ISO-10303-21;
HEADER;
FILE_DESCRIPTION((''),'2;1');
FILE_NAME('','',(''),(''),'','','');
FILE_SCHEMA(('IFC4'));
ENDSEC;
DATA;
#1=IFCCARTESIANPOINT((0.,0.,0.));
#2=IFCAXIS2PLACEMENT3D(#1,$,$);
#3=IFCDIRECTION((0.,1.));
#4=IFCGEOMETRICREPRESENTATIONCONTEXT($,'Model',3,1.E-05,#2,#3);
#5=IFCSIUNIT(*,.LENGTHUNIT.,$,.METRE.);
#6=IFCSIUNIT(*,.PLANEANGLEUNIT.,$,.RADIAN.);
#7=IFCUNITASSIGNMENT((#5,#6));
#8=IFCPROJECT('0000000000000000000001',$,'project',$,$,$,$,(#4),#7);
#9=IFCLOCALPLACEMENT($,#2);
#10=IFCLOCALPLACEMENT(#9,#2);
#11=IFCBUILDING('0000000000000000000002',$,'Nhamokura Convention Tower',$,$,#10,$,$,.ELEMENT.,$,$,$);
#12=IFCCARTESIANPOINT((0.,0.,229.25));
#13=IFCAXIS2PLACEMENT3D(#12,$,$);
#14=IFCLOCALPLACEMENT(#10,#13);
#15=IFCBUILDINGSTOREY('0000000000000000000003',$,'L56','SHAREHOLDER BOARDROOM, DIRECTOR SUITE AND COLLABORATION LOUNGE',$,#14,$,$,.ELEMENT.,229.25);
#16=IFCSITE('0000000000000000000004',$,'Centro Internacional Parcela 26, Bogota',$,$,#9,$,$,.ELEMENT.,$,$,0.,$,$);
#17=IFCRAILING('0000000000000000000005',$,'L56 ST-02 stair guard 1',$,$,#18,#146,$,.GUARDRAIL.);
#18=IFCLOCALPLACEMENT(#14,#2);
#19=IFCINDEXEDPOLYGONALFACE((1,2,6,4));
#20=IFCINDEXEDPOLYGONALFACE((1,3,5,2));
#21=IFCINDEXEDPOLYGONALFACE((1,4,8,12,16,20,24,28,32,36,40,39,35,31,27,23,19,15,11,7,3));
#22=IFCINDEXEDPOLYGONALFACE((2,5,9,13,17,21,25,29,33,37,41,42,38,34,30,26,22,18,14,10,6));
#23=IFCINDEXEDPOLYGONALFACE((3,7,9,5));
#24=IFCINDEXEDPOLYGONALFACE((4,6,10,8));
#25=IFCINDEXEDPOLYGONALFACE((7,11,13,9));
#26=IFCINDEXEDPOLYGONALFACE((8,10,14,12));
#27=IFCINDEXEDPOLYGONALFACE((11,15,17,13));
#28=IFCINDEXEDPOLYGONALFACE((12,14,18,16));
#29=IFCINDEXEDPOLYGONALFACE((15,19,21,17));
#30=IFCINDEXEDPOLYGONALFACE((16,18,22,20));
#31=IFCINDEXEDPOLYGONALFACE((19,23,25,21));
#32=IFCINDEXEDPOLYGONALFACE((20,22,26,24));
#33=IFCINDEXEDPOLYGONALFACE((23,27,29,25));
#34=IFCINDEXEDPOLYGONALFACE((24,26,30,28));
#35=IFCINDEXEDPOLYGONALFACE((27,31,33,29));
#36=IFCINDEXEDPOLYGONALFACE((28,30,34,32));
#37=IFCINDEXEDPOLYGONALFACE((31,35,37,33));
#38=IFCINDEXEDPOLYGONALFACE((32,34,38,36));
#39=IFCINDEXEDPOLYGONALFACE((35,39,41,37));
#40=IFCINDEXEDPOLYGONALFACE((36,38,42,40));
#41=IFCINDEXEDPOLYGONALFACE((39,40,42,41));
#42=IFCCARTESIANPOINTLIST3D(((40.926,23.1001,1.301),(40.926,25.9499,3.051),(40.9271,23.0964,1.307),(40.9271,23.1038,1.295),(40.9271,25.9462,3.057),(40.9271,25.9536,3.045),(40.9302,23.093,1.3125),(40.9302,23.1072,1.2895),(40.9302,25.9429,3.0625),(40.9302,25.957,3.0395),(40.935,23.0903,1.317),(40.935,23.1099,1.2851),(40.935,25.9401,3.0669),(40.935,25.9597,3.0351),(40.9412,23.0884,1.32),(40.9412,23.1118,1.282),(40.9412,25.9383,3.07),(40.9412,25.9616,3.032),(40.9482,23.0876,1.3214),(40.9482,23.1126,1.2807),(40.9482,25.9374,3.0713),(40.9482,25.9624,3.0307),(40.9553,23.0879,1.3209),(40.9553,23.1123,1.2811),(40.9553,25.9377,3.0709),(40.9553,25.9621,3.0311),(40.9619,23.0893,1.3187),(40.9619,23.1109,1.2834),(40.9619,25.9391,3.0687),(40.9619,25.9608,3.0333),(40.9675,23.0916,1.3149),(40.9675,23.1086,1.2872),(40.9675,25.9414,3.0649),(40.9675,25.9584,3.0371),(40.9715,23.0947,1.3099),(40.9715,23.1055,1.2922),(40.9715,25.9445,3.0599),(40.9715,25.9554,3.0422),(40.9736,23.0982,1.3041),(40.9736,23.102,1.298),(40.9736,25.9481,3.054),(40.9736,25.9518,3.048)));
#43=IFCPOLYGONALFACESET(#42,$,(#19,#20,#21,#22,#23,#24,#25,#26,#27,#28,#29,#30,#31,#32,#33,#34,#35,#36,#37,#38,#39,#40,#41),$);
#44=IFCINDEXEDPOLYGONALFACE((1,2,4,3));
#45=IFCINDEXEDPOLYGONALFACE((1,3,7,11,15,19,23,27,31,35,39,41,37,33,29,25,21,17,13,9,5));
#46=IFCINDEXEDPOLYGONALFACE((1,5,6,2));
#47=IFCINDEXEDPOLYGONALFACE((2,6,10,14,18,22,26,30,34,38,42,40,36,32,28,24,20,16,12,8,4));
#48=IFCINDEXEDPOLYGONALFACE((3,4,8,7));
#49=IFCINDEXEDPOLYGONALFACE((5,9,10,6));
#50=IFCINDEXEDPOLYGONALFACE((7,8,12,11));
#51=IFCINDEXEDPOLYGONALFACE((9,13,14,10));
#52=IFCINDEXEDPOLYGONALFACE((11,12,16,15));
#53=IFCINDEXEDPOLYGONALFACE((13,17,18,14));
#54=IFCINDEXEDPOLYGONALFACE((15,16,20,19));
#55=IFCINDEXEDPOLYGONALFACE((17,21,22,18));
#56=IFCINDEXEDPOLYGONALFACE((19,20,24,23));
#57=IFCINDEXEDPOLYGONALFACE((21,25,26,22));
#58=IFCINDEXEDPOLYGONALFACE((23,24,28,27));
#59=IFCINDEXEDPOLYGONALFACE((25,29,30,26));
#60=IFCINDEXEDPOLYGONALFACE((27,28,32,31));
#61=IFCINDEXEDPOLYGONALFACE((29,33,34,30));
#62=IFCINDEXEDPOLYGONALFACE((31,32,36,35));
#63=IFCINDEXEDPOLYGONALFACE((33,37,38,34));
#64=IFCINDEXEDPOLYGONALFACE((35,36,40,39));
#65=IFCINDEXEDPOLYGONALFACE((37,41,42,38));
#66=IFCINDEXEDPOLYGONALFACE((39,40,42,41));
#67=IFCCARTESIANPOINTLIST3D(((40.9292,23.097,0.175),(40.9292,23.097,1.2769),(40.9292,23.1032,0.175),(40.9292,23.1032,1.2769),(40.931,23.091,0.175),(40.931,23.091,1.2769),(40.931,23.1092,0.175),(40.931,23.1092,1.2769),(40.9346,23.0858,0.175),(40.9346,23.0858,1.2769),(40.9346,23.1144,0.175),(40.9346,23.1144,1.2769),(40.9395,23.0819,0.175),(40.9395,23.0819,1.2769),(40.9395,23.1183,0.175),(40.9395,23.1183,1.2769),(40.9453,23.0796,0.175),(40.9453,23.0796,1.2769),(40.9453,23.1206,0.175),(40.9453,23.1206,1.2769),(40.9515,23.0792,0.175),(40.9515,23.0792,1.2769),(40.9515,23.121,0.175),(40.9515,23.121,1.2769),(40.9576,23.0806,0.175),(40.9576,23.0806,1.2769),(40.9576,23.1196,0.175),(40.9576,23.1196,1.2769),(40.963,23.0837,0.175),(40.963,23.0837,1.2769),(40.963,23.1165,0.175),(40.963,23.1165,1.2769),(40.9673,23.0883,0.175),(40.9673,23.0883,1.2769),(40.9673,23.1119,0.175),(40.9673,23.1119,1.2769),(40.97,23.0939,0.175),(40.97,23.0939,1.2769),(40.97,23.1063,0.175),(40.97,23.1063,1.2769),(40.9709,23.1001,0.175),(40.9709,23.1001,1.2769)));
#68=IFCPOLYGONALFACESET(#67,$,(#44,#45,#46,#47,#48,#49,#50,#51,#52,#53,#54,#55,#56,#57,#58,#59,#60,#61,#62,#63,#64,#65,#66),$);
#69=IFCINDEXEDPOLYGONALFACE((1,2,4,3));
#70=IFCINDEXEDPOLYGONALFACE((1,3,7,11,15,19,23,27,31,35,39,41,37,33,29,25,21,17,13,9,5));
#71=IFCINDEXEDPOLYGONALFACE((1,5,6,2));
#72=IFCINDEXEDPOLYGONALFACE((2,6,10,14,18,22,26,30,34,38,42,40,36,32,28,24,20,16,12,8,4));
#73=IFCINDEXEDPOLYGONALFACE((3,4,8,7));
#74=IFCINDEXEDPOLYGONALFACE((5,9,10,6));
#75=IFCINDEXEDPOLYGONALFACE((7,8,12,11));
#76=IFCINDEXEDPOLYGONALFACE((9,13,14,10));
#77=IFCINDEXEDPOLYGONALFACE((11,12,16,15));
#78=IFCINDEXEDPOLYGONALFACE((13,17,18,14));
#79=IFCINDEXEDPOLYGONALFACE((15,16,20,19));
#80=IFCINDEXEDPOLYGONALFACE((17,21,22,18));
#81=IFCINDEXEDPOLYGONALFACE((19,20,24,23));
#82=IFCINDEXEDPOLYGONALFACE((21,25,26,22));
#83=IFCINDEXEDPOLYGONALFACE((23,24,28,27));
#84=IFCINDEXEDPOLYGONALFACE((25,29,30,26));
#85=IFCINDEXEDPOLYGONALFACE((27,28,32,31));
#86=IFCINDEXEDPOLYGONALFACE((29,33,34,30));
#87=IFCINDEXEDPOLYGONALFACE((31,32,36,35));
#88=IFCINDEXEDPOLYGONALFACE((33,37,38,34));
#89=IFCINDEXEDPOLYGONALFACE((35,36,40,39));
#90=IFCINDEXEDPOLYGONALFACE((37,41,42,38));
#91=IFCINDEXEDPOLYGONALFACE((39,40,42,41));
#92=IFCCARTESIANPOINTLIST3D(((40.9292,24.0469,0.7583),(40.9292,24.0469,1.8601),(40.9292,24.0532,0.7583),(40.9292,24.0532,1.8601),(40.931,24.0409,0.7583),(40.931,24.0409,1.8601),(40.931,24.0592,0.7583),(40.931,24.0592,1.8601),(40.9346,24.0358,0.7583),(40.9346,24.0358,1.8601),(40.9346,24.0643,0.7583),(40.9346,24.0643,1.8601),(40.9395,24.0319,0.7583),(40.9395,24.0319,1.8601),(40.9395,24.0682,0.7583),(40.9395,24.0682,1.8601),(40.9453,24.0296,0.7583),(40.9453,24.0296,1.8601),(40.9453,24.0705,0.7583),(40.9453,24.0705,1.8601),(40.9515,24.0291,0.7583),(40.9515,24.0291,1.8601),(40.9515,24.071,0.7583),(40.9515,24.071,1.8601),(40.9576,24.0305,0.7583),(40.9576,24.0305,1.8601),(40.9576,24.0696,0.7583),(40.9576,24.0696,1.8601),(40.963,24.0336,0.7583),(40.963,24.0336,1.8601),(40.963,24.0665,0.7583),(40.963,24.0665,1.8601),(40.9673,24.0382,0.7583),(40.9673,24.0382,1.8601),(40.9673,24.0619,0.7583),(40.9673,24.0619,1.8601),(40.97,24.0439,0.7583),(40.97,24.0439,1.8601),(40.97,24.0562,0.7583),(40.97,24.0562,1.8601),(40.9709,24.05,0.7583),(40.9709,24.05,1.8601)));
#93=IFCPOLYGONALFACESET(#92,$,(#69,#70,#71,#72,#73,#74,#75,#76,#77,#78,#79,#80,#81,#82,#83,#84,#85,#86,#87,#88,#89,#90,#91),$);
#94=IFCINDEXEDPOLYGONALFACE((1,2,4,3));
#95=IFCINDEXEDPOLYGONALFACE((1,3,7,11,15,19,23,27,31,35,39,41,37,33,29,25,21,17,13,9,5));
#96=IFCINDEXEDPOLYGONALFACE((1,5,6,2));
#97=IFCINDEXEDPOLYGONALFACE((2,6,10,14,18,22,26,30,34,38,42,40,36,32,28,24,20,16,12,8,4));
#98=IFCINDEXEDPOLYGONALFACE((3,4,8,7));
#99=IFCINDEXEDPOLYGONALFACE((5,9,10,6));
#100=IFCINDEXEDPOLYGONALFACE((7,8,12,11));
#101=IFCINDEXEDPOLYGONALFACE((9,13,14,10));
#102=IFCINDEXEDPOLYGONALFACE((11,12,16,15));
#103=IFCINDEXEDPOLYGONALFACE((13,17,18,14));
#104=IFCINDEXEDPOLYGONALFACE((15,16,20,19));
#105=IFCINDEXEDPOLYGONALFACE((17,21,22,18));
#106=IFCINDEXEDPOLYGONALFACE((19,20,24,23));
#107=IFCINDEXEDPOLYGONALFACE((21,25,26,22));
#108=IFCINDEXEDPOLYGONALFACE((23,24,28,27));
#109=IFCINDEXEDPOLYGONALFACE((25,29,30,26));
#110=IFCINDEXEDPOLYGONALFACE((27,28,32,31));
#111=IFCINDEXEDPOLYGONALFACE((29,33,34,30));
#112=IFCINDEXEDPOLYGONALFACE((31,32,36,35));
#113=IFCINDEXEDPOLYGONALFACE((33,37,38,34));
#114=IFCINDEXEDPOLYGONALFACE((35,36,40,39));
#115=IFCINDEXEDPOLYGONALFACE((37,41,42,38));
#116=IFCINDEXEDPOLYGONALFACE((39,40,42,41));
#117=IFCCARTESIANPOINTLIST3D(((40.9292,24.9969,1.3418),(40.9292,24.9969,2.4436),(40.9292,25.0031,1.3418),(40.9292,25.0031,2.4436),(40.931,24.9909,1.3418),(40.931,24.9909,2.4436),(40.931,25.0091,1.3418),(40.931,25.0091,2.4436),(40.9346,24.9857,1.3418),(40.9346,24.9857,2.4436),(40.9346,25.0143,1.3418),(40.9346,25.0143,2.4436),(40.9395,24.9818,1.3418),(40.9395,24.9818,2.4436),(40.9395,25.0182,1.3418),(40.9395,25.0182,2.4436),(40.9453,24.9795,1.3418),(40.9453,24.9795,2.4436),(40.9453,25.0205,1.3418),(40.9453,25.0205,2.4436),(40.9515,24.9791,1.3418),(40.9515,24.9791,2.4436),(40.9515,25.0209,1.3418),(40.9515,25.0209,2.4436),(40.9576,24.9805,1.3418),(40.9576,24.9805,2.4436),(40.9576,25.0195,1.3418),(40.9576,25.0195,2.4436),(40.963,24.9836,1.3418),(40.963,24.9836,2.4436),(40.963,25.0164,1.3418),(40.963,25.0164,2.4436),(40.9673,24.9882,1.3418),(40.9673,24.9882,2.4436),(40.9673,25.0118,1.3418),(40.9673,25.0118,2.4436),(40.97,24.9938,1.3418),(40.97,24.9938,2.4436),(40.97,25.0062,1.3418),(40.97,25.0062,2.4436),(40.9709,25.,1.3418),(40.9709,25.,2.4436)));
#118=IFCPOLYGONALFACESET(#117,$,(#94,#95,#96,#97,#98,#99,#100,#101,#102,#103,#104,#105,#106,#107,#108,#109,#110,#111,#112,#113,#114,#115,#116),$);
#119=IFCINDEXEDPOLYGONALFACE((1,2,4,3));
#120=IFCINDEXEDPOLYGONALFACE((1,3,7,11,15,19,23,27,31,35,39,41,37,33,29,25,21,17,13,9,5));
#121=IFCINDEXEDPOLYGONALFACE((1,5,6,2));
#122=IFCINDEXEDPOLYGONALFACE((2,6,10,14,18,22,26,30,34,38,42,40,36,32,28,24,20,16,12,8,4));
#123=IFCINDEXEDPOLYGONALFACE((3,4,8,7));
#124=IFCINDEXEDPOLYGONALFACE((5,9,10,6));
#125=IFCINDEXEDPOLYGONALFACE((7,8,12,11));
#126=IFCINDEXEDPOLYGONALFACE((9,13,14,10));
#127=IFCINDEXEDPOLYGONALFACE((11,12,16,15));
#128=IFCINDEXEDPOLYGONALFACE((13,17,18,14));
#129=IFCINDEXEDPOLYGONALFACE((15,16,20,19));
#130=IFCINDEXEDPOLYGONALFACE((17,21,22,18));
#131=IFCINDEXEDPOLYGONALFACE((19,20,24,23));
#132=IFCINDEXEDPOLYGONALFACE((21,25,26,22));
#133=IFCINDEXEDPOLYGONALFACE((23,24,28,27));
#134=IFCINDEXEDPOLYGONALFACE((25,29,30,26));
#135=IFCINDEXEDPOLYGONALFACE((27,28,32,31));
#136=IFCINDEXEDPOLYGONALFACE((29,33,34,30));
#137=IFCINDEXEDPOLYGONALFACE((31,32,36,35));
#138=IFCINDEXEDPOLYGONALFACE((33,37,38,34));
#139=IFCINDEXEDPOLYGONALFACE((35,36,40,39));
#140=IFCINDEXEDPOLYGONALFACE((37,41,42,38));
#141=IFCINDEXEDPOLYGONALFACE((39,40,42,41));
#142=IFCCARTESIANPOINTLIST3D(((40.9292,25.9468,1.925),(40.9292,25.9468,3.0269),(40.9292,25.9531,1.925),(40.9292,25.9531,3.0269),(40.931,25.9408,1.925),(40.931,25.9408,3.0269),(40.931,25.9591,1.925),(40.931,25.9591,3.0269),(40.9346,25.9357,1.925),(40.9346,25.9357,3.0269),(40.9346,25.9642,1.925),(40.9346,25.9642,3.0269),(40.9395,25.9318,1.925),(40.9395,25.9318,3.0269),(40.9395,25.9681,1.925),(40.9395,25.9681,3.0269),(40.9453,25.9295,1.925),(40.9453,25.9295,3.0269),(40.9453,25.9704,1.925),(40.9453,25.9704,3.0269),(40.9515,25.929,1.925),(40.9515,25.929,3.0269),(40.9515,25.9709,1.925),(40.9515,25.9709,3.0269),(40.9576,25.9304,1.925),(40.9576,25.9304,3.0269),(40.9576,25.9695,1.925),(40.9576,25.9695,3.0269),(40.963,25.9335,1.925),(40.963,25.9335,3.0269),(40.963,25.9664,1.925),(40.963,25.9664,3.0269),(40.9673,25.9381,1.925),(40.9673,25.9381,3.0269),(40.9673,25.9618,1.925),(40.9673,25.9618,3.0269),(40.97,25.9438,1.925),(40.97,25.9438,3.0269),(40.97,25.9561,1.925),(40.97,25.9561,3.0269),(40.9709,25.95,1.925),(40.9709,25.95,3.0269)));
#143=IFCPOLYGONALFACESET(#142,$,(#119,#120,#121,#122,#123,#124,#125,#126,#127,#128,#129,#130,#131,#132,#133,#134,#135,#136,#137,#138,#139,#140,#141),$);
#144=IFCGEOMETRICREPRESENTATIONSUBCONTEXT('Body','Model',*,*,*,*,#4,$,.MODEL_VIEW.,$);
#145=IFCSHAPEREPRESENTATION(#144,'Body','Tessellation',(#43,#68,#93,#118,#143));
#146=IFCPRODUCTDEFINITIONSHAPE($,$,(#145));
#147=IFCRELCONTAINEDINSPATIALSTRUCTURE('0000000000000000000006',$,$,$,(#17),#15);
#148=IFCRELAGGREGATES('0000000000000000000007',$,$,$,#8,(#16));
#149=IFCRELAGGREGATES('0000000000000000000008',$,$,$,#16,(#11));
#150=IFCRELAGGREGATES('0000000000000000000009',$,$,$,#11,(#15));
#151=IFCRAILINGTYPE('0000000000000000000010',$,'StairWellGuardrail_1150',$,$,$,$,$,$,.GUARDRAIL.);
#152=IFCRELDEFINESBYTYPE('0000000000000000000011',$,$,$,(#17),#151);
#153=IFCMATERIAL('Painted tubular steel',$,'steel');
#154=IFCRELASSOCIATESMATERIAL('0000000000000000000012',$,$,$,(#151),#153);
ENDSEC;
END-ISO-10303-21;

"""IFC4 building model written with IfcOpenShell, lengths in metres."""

from ifc_helpers import new_model, si_unit, direction, frame, origin, origin_2d, place, context, subcontext, project, spatial, circle, extrude, material, type_object, element, save


model = new_model("IFC4")

# Units and contexts
model_context = context("Model", 3, precision=1e-05, world=origin(), true_north=direction((0.0, 1.0)))
body_context = subcontext(model_context, "Body", "Model", "MODEL_VIEW")
ifc_project = project(units=[si_unit("LENGTHUNIT", "METRE"), si_unit("PLANEANGLEUNIT", "RADIAN")], contexts=[model_context])

# Site, building, storey
site_placement = place(None, origin())
site = spatial("IfcSite", under=ifc_project, at=site_placement, Name="Centro Internacional Parcela 26, Bogota", CompositionType="ELEMENT", RefElevation=0.0)
building_placement = place(site_placement, origin())
building = spatial("IfcBuilding", under=site, at=building_placement, Name="Nhamokura Convention Tower", CompositionType="ELEMENT")
storey_placement = place(building_placement, frame((0.0, 0.0, 229.25)))
storey = spatial("IfcBuildingStorey", under=building, at=storey_placement, Name="L56", Description="SHAREHOLDER BOARDROOM, DIRECTOR SUITE AND COLLABORATION LOUNGE", CompositionType="ELEMENT", Elevation=229.25)

# Railing
ifc_material_1 = material(Name="Painted tubular steel", Category="steel")
railing_type_1 = type_object("IfcRailingType", Name="StairWellGuardrail_1150", PredefinedType="GUARDRAIL", material=ifc_material_1)
railing_1_placement = place(storey_placement, frame((40.95, 23.1001, 0.175)))
element("IfcRailing", 1, at=railing_1_placement, inside=storey, type_object=railing_type_1, Name="L56 ST-02 stair guard 1", PredefinedType="GUARDRAIL", context=body_context, shape_type="SweptSolid", body=[
    extrude(circle(Radius=0.0239, at=origin_2d()), frame((0.0, 0.0, 1.126), z_axis=(0.0, 0.852159, 0.523283), x_axis=(-1.0, 0.0, 0.0)), (0.0, 0.0, 1.0), 3.3442),
    extrude(circle(Radius=0.021, at=origin_2d()), origin(), (0.0, 0.0, 1.0), 1.1018),
    extrude(circle(Radius=0.021, at=origin_2d()), frame((0.0, 0.95, 0.5833)), (0.0, 0.0, 1.0), 1.1018),
    extrude(circle(Radius=0.021, at=origin_2d()), frame((0.0, 1.8999, 1.1667)), (0.0, 0.0, 1.0), 1.1018),
    extrude(circle(Radius=0.021, at=origin_2d()), frame((0.0, 2.8499, 1.75)), (0.0, 0.0, 1.0), 1.1018),
])

save(model, "model.ifc")
